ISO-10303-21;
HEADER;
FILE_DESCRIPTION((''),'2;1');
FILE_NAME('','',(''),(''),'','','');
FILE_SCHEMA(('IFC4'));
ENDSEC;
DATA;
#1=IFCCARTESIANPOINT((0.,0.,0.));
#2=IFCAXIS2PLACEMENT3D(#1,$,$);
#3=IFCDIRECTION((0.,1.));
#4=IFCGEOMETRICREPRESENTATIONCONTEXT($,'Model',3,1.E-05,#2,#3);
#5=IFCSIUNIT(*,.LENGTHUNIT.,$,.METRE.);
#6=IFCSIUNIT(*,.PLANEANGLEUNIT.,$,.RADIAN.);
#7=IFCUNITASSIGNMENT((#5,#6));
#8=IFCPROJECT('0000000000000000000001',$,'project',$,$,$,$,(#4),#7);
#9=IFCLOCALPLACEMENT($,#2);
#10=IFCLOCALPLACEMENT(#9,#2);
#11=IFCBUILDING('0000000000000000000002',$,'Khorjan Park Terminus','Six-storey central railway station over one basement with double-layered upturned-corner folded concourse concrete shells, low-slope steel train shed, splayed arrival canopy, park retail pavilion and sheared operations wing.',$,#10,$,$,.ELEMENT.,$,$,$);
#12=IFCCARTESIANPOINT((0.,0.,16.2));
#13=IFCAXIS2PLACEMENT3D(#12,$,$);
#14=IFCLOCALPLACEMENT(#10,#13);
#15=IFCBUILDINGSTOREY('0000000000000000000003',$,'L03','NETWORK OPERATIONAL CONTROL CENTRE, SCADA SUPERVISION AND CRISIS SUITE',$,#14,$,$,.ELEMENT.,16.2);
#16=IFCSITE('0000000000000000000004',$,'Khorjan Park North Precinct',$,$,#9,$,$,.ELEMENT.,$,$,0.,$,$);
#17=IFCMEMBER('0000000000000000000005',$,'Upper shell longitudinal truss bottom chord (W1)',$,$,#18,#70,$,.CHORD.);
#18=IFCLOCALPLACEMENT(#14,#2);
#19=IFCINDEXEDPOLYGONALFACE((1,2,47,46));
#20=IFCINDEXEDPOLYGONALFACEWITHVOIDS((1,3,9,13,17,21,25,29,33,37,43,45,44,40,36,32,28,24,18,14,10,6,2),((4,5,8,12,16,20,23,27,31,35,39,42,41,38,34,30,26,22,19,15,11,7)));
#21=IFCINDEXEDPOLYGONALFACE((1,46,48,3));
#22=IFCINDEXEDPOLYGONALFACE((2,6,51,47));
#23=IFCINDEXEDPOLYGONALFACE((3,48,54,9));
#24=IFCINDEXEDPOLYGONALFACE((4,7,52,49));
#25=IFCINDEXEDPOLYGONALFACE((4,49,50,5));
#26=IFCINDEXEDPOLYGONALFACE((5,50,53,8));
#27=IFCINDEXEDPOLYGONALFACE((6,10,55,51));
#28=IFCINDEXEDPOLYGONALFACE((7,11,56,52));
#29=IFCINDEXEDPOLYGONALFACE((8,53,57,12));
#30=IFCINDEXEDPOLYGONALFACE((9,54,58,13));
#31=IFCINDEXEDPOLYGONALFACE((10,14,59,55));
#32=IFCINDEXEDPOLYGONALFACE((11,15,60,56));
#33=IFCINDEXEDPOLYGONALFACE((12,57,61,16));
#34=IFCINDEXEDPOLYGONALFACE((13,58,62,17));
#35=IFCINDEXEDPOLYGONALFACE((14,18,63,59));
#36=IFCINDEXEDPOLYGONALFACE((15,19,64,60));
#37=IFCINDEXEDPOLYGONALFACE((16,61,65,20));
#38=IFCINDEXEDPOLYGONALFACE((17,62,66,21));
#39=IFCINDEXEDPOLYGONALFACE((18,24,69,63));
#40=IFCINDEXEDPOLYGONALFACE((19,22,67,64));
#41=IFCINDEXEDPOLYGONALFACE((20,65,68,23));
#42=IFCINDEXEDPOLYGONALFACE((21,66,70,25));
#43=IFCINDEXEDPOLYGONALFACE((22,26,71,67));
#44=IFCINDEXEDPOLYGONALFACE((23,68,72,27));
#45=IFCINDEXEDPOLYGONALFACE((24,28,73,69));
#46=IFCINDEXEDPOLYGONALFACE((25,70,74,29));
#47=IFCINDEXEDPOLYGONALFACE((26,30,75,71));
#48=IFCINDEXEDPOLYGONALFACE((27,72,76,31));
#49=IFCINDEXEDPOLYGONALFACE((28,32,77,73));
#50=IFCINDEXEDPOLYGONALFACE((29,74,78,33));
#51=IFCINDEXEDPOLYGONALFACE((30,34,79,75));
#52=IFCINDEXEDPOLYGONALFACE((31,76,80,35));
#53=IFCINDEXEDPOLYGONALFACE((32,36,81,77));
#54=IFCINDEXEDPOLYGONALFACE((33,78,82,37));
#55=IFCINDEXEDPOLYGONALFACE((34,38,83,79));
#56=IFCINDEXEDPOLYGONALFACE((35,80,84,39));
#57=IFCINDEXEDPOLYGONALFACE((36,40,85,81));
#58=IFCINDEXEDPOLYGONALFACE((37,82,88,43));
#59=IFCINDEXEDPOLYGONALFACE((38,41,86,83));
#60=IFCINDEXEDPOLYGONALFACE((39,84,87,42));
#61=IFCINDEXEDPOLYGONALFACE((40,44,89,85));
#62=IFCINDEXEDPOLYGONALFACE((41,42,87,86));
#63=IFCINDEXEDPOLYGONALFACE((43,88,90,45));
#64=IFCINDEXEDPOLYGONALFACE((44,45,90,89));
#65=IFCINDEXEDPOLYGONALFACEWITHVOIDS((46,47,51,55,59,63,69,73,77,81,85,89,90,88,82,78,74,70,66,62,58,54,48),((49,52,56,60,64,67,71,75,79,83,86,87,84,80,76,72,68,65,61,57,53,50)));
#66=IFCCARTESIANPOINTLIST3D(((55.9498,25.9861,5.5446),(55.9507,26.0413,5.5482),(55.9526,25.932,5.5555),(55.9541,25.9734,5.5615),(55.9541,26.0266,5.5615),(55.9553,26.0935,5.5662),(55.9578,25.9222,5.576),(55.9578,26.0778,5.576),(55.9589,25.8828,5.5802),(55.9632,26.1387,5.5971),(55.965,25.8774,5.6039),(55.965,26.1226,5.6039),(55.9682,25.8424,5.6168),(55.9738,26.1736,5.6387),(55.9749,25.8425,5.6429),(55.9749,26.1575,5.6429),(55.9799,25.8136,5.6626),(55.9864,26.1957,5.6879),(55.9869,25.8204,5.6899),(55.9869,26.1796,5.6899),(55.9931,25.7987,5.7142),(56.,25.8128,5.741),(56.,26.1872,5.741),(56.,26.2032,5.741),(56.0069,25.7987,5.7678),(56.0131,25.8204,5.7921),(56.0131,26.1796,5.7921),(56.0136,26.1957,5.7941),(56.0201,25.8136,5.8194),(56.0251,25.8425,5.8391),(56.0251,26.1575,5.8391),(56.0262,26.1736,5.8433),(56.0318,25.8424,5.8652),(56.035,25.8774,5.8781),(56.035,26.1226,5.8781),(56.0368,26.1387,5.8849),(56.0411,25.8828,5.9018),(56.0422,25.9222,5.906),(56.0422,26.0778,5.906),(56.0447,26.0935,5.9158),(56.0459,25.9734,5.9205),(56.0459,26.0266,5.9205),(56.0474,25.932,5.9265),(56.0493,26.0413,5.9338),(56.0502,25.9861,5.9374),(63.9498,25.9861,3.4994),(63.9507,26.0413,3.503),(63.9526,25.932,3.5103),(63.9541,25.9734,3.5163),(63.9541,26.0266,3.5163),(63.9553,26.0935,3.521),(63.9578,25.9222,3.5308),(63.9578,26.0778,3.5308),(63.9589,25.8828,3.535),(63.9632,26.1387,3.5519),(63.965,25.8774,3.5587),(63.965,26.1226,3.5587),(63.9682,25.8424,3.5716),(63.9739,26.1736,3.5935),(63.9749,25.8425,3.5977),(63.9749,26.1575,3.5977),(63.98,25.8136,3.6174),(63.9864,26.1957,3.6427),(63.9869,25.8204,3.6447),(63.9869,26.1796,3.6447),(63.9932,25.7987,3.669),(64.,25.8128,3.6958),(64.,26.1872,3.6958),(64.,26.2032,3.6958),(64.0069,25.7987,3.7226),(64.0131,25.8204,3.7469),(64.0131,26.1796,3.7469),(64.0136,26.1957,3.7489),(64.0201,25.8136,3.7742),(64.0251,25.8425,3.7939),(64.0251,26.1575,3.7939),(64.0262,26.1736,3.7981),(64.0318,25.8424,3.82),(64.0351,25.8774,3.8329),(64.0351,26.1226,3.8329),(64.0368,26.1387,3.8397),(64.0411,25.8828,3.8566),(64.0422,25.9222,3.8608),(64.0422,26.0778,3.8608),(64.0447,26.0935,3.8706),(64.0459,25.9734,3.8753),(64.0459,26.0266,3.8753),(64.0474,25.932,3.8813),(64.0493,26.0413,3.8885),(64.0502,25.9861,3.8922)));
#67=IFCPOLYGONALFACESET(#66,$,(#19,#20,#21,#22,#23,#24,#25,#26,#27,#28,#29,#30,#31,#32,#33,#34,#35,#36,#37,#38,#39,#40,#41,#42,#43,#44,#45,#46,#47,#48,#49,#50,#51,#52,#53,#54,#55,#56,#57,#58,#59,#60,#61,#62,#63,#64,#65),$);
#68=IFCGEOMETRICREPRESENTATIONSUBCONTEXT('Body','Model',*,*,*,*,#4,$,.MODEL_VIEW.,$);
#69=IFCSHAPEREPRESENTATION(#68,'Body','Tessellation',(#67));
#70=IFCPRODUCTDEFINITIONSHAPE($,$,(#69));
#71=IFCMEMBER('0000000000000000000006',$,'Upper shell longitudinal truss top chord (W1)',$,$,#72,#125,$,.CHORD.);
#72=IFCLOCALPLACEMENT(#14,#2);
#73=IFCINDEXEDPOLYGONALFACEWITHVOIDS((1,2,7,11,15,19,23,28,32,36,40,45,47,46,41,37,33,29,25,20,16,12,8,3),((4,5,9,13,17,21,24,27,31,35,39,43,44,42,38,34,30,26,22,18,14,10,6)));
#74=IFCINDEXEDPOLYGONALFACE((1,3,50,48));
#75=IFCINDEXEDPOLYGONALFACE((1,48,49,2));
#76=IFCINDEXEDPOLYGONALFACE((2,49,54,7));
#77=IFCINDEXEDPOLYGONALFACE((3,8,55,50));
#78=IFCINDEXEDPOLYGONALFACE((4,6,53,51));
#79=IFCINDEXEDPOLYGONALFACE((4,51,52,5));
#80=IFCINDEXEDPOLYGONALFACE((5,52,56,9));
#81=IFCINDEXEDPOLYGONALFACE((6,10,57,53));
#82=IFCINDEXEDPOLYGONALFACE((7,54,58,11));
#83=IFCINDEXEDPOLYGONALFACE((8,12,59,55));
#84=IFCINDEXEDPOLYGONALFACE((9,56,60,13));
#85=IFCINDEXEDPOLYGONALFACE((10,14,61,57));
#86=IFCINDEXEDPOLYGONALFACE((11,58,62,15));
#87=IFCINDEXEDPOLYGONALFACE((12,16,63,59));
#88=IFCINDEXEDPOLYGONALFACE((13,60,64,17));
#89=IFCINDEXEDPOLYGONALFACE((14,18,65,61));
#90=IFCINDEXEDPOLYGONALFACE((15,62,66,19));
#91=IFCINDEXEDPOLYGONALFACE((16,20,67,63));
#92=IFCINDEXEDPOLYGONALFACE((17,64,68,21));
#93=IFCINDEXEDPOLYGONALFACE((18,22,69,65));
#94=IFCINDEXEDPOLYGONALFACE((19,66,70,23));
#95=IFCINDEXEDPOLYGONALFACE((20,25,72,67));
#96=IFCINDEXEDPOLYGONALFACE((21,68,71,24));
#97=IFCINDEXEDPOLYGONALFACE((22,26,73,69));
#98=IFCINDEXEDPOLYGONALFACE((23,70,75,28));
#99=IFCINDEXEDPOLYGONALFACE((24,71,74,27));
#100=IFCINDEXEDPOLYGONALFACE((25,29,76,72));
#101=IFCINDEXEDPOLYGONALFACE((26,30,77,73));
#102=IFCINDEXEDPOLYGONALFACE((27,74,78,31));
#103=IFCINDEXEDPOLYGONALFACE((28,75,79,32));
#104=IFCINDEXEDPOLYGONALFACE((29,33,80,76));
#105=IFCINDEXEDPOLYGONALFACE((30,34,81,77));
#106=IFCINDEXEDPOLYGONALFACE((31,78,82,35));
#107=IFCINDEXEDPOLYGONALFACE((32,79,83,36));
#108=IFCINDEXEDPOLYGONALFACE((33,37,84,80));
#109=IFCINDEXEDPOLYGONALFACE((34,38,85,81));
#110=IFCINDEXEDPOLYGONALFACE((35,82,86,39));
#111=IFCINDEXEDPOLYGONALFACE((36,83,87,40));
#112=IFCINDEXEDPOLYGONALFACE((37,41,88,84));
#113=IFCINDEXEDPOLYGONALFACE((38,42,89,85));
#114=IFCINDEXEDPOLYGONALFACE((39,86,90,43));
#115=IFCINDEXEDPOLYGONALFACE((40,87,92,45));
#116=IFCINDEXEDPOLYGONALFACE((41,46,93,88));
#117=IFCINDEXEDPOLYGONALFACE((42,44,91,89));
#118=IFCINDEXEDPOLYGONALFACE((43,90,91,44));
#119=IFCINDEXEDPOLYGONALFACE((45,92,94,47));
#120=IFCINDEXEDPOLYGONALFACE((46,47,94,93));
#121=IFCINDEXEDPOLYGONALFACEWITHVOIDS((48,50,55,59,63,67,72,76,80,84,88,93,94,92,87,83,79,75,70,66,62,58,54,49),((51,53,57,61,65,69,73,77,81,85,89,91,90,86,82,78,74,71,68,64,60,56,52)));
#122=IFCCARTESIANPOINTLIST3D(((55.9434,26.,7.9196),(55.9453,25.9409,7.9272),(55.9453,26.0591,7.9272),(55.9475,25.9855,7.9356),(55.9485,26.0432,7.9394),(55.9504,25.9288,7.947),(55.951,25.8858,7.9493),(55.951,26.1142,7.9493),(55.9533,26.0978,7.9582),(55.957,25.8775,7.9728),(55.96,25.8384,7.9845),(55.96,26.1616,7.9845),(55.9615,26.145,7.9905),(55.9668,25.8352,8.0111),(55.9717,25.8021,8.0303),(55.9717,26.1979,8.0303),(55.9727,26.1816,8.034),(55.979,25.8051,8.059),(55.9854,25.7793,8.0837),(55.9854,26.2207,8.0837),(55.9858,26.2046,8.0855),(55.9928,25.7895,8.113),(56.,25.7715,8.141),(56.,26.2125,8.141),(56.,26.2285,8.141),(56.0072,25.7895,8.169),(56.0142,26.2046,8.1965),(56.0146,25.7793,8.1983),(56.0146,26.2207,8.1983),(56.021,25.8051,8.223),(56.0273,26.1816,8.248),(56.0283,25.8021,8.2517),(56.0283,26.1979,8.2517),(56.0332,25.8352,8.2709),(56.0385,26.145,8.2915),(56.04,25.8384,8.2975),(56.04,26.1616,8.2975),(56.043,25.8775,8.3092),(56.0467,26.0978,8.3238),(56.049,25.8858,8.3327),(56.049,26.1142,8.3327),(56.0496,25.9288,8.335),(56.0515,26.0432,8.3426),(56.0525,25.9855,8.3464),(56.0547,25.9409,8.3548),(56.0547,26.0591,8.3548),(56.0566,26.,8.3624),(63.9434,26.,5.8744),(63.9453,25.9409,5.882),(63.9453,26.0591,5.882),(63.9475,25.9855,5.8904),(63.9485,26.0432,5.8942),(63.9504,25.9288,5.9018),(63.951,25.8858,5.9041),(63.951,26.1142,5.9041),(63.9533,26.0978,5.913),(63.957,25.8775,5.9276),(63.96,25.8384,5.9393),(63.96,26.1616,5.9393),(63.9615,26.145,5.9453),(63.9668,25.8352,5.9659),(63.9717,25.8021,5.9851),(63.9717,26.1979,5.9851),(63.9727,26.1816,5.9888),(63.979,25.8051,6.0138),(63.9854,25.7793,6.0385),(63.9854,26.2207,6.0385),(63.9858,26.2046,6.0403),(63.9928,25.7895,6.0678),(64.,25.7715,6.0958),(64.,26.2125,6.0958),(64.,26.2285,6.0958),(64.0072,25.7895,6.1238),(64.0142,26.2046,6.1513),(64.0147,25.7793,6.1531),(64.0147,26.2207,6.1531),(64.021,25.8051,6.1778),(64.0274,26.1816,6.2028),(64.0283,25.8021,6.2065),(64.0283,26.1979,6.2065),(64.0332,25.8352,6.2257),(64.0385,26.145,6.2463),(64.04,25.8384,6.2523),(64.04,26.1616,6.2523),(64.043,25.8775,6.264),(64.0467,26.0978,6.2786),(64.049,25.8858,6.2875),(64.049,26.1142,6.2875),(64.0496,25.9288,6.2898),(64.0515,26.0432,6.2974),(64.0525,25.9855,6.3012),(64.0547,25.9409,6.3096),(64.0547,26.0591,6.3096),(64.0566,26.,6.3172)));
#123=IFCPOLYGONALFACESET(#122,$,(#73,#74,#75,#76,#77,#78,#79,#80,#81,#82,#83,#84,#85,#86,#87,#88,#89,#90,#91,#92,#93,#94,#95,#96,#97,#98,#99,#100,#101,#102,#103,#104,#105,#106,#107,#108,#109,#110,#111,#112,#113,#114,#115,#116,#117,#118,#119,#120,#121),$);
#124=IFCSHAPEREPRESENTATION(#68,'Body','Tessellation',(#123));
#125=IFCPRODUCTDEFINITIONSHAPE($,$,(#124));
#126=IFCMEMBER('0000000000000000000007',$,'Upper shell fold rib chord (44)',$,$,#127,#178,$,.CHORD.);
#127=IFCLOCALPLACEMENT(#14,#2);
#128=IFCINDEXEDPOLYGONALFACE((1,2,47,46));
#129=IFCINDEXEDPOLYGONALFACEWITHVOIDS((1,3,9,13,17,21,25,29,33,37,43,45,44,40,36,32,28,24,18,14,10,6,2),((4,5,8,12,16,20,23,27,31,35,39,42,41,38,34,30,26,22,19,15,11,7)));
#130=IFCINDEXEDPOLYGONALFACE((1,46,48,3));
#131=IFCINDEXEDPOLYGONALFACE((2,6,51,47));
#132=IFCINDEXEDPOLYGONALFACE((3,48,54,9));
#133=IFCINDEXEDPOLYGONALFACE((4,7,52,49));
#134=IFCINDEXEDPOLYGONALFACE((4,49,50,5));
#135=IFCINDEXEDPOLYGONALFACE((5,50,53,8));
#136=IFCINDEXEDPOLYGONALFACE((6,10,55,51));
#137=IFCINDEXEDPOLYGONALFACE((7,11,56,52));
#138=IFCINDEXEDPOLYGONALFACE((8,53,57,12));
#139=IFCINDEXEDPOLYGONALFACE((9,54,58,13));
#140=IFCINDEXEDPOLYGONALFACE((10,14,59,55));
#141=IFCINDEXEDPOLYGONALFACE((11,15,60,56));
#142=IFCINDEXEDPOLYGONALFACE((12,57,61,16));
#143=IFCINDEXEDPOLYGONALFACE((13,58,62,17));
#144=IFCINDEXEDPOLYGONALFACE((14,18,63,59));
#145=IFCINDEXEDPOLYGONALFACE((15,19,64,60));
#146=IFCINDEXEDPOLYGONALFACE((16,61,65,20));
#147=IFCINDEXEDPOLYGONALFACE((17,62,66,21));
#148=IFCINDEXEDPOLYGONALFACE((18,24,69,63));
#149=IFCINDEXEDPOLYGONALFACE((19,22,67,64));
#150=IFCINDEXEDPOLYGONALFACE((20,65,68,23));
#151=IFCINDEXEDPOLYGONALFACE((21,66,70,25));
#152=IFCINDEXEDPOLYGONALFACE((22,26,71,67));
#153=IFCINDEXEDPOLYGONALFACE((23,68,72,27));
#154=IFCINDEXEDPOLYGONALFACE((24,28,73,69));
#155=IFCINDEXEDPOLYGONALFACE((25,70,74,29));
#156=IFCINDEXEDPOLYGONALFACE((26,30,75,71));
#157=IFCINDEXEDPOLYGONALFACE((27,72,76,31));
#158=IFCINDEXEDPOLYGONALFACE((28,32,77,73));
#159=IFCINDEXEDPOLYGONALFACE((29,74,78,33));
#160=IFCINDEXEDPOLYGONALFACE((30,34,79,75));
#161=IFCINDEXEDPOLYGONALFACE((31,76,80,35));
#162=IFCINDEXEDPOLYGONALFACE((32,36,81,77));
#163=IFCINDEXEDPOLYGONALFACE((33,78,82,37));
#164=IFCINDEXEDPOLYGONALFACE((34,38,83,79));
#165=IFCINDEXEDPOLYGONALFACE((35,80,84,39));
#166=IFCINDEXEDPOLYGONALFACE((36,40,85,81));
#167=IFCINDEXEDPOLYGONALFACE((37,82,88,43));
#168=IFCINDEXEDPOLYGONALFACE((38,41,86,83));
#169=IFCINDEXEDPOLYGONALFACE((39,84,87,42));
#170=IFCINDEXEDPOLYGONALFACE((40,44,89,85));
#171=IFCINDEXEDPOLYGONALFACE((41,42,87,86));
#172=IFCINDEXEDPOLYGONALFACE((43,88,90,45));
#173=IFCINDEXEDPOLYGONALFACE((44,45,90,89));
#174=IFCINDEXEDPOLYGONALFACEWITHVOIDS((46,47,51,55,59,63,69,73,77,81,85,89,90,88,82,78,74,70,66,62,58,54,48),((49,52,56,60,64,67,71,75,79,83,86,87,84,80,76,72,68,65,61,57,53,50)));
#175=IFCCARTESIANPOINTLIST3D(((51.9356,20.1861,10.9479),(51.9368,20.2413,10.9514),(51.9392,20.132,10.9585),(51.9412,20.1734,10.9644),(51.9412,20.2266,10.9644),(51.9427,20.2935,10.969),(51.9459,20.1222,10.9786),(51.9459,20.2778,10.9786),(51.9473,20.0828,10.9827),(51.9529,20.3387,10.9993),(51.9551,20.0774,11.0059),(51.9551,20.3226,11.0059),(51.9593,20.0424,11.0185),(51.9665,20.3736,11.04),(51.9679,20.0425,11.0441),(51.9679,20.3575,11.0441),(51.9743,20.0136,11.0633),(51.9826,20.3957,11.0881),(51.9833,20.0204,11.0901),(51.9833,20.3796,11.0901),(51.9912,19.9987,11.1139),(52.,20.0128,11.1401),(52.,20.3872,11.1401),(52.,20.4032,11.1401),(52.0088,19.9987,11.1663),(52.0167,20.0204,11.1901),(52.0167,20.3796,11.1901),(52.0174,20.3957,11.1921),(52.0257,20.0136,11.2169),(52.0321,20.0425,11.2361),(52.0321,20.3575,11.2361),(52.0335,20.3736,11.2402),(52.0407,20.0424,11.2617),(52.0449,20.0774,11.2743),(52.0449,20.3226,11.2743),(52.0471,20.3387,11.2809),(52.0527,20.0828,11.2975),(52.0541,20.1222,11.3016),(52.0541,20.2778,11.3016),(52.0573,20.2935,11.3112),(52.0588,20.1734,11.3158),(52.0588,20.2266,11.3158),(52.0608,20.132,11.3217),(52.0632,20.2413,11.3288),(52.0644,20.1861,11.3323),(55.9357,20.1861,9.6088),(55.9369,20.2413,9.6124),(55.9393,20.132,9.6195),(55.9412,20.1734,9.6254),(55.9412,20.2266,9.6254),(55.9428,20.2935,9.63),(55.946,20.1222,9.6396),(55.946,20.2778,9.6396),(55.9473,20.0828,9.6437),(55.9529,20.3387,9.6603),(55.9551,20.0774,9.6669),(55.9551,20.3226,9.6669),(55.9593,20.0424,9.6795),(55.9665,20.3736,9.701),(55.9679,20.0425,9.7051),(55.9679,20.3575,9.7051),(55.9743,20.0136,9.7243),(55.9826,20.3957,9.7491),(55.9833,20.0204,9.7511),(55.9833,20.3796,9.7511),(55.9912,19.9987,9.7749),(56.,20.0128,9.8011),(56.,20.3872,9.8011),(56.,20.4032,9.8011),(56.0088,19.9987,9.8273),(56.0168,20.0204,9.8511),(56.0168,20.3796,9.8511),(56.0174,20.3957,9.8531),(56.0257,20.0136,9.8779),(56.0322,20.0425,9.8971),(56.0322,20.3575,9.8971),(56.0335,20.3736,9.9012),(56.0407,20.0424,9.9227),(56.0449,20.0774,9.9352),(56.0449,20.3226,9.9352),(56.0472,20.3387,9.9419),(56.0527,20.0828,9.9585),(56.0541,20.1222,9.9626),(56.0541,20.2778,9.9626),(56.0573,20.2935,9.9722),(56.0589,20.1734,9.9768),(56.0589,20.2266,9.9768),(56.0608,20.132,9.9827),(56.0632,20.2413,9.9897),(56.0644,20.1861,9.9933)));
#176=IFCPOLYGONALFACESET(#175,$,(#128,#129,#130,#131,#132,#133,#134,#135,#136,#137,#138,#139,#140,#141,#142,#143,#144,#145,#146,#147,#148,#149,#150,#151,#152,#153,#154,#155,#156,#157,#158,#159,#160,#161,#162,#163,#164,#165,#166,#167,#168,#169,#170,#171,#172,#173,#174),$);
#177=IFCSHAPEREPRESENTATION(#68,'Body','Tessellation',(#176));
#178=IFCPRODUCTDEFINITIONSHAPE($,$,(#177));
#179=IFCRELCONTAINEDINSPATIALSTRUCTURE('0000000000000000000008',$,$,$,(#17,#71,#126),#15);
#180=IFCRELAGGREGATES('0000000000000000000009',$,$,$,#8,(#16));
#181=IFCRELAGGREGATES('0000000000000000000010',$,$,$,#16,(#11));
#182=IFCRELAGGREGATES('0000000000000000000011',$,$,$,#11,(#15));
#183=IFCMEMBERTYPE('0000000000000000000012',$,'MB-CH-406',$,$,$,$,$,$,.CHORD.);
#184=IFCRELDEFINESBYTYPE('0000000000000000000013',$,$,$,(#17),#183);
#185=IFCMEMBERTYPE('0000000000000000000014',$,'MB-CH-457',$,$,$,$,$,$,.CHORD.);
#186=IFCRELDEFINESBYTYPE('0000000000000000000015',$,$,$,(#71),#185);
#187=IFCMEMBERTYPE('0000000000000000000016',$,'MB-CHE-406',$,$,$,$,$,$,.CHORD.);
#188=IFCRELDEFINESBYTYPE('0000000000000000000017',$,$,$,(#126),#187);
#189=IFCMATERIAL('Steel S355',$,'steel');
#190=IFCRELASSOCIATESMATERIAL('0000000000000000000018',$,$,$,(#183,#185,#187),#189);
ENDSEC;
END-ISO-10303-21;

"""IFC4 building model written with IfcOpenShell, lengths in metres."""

from ifc_helpers import new_model, si_unit, direction, frame, origin, origin_2d, place, context, subcontext, project, spatial, hollow_circle, extrude, material, material_profile, profile_set, type_object, element, save


model = new_model("IFC4")

# Units and contexts
model_context = context("Model", 3, precision=1e-05, world=origin(), true_north=direction((0.0, 1.0)))
body_context = subcontext(model_context, "Body", "Model", "MODEL_VIEW")
ifc_project = project(units=[si_unit("LENGTHUNIT", "METRE"), si_unit("PLANEANGLEUNIT", "RADIAN")], contexts=[model_context])

# Site, building, storey
site_placement = place(None, origin())
site = spatial("IfcSite", under=ifc_project, at=site_placement, Name="Khorjan Park North Precinct", CompositionType="ELEMENT", RefElevation=0.0)
building_placement = place(site_placement, origin())
building = spatial("IfcBuilding", under=site, at=building_placement, Name="Khorjan Park Terminus", Description="Six-storey central railway station over one basement with double-layered upturned-corner folded concourse concrete shells, low-slope steel train shed, splayed arrival canopy, park retail pavilion and sheared operations wing.", CompositionType="ELEMENT")
storey_placement = place(building_placement, frame((0.0, 0.0, 16.2)))
storey = spatial("IfcBuildingStorey", under=building, at=storey_placement, Name="L03", Description="NETWORK OPERATIONAL CONTROL CENTRE, SCADA SUPERVISION AND CRISIS SUITE", CompositionType="ELEMENT", Elevation=16.2)

# Members
ifc_material_1 = material(Name="Steel S355", Category="steel")
ifc_material_profile_1 = material_profile(ifc_material_1, hollow_circle(Radius=0.2032, WallThickness=0.016, at=origin_2d()), Name="CHS 406.4x16")
ifc_profile_set_1 = profile_set([ifc_material_profile_1], Name="Steel S355")
member_type_1 = type_object("IfcMemberType", Name="MB-CH-406", PredefinedType="CHORD", material=ifc_profile_set_1)
member_1_placement = place(storey_placement, frame((56.0, 26.0, 5.741), z_axis=(0.968841, 0.0, -0.247684), x_axis=(0.0, 1.0, 0.0)))
element("IfcMember", 1, at=member_1_placement, inside=storey, type_object=member_type_1, Name="Upper shell longitudinal truss bottom chord (W1)", PredefinedType="CHORD", context=body_context, shape_type="SweptSolid", body=[
    extrude(hollow_circle(Radius=0.2032, WallThickness=0.016, at=origin_2d()), origin(), (0.0, 0.0, 1.0), 8.2573),
])
ifc_material_profile_2 = material_profile(ifc_material_1, hollow_circle(Radius=0.2285, WallThickness=0.016, at=origin_2d()), Name="CHS 457x16")
ifc_profile_set_2 = profile_set([ifc_material_profile_2], Name="Steel S355")
member_type_2 = type_object("IfcMemberType", Name="MB-CH-457", PredefinedType="CHORD", material=ifc_profile_set_2)
member_2_placement = place(storey_placement, frame((56.0, 26.0, 8.141), z_axis=(0.968841, 0.0, -0.247684), x_axis=(0.0, 1.0, 0.0)))
element("IfcMember", 2, at=member_2_placement, inside=storey, type_object=member_type_2, Name="Upper shell longitudinal truss top chord (W1)", PredefinedType="CHORD", context=body_context, shape_type="SweptSolid", body=[
    extrude(hollow_circle(Radius=0.2285, WallThickness=0.016, at=origin_2d()), origin(), (0.0, 0.0, 1.0), 8.2573),
])
ifc_material_profile_3 = material_profile(ifc_material_1, hollow_circle(Radius=0.2032, WallThickness=0.016, at=origin_2d()), Name="CHS 406.4x16")
ifc_profile_set_3 = profile_set([ifc_material_profile_3], Name="Steel S355")
member_type_3 = type_object("IfcMemberType", Name="MB-CHE-406", PredefinedType="CHORD", material=ifc_profile_set_3)
member_3_placement = place(storey_placement, frame((52.0, 20.2, 11.1401), z_axis=(0.94828, 0.0, -0.317437), x_axis=(0.0, 1.0, 0.0)))
element("IfcMember", 3, at=member_3_placement, inside=storey, type_object=member_type_3, Name="Upper shell fold rib chord (44)", PredefinedType="CHORD", context=body_context, shape_type="SweptSolid", body=[
    extrude(hollow_circle(Radius=0.2032, WallThickness=0.016, at=origin_2d()), origin(), (0.0, 0.0, 1.0), 4.2182),
])

save(model, "model.ifc")
